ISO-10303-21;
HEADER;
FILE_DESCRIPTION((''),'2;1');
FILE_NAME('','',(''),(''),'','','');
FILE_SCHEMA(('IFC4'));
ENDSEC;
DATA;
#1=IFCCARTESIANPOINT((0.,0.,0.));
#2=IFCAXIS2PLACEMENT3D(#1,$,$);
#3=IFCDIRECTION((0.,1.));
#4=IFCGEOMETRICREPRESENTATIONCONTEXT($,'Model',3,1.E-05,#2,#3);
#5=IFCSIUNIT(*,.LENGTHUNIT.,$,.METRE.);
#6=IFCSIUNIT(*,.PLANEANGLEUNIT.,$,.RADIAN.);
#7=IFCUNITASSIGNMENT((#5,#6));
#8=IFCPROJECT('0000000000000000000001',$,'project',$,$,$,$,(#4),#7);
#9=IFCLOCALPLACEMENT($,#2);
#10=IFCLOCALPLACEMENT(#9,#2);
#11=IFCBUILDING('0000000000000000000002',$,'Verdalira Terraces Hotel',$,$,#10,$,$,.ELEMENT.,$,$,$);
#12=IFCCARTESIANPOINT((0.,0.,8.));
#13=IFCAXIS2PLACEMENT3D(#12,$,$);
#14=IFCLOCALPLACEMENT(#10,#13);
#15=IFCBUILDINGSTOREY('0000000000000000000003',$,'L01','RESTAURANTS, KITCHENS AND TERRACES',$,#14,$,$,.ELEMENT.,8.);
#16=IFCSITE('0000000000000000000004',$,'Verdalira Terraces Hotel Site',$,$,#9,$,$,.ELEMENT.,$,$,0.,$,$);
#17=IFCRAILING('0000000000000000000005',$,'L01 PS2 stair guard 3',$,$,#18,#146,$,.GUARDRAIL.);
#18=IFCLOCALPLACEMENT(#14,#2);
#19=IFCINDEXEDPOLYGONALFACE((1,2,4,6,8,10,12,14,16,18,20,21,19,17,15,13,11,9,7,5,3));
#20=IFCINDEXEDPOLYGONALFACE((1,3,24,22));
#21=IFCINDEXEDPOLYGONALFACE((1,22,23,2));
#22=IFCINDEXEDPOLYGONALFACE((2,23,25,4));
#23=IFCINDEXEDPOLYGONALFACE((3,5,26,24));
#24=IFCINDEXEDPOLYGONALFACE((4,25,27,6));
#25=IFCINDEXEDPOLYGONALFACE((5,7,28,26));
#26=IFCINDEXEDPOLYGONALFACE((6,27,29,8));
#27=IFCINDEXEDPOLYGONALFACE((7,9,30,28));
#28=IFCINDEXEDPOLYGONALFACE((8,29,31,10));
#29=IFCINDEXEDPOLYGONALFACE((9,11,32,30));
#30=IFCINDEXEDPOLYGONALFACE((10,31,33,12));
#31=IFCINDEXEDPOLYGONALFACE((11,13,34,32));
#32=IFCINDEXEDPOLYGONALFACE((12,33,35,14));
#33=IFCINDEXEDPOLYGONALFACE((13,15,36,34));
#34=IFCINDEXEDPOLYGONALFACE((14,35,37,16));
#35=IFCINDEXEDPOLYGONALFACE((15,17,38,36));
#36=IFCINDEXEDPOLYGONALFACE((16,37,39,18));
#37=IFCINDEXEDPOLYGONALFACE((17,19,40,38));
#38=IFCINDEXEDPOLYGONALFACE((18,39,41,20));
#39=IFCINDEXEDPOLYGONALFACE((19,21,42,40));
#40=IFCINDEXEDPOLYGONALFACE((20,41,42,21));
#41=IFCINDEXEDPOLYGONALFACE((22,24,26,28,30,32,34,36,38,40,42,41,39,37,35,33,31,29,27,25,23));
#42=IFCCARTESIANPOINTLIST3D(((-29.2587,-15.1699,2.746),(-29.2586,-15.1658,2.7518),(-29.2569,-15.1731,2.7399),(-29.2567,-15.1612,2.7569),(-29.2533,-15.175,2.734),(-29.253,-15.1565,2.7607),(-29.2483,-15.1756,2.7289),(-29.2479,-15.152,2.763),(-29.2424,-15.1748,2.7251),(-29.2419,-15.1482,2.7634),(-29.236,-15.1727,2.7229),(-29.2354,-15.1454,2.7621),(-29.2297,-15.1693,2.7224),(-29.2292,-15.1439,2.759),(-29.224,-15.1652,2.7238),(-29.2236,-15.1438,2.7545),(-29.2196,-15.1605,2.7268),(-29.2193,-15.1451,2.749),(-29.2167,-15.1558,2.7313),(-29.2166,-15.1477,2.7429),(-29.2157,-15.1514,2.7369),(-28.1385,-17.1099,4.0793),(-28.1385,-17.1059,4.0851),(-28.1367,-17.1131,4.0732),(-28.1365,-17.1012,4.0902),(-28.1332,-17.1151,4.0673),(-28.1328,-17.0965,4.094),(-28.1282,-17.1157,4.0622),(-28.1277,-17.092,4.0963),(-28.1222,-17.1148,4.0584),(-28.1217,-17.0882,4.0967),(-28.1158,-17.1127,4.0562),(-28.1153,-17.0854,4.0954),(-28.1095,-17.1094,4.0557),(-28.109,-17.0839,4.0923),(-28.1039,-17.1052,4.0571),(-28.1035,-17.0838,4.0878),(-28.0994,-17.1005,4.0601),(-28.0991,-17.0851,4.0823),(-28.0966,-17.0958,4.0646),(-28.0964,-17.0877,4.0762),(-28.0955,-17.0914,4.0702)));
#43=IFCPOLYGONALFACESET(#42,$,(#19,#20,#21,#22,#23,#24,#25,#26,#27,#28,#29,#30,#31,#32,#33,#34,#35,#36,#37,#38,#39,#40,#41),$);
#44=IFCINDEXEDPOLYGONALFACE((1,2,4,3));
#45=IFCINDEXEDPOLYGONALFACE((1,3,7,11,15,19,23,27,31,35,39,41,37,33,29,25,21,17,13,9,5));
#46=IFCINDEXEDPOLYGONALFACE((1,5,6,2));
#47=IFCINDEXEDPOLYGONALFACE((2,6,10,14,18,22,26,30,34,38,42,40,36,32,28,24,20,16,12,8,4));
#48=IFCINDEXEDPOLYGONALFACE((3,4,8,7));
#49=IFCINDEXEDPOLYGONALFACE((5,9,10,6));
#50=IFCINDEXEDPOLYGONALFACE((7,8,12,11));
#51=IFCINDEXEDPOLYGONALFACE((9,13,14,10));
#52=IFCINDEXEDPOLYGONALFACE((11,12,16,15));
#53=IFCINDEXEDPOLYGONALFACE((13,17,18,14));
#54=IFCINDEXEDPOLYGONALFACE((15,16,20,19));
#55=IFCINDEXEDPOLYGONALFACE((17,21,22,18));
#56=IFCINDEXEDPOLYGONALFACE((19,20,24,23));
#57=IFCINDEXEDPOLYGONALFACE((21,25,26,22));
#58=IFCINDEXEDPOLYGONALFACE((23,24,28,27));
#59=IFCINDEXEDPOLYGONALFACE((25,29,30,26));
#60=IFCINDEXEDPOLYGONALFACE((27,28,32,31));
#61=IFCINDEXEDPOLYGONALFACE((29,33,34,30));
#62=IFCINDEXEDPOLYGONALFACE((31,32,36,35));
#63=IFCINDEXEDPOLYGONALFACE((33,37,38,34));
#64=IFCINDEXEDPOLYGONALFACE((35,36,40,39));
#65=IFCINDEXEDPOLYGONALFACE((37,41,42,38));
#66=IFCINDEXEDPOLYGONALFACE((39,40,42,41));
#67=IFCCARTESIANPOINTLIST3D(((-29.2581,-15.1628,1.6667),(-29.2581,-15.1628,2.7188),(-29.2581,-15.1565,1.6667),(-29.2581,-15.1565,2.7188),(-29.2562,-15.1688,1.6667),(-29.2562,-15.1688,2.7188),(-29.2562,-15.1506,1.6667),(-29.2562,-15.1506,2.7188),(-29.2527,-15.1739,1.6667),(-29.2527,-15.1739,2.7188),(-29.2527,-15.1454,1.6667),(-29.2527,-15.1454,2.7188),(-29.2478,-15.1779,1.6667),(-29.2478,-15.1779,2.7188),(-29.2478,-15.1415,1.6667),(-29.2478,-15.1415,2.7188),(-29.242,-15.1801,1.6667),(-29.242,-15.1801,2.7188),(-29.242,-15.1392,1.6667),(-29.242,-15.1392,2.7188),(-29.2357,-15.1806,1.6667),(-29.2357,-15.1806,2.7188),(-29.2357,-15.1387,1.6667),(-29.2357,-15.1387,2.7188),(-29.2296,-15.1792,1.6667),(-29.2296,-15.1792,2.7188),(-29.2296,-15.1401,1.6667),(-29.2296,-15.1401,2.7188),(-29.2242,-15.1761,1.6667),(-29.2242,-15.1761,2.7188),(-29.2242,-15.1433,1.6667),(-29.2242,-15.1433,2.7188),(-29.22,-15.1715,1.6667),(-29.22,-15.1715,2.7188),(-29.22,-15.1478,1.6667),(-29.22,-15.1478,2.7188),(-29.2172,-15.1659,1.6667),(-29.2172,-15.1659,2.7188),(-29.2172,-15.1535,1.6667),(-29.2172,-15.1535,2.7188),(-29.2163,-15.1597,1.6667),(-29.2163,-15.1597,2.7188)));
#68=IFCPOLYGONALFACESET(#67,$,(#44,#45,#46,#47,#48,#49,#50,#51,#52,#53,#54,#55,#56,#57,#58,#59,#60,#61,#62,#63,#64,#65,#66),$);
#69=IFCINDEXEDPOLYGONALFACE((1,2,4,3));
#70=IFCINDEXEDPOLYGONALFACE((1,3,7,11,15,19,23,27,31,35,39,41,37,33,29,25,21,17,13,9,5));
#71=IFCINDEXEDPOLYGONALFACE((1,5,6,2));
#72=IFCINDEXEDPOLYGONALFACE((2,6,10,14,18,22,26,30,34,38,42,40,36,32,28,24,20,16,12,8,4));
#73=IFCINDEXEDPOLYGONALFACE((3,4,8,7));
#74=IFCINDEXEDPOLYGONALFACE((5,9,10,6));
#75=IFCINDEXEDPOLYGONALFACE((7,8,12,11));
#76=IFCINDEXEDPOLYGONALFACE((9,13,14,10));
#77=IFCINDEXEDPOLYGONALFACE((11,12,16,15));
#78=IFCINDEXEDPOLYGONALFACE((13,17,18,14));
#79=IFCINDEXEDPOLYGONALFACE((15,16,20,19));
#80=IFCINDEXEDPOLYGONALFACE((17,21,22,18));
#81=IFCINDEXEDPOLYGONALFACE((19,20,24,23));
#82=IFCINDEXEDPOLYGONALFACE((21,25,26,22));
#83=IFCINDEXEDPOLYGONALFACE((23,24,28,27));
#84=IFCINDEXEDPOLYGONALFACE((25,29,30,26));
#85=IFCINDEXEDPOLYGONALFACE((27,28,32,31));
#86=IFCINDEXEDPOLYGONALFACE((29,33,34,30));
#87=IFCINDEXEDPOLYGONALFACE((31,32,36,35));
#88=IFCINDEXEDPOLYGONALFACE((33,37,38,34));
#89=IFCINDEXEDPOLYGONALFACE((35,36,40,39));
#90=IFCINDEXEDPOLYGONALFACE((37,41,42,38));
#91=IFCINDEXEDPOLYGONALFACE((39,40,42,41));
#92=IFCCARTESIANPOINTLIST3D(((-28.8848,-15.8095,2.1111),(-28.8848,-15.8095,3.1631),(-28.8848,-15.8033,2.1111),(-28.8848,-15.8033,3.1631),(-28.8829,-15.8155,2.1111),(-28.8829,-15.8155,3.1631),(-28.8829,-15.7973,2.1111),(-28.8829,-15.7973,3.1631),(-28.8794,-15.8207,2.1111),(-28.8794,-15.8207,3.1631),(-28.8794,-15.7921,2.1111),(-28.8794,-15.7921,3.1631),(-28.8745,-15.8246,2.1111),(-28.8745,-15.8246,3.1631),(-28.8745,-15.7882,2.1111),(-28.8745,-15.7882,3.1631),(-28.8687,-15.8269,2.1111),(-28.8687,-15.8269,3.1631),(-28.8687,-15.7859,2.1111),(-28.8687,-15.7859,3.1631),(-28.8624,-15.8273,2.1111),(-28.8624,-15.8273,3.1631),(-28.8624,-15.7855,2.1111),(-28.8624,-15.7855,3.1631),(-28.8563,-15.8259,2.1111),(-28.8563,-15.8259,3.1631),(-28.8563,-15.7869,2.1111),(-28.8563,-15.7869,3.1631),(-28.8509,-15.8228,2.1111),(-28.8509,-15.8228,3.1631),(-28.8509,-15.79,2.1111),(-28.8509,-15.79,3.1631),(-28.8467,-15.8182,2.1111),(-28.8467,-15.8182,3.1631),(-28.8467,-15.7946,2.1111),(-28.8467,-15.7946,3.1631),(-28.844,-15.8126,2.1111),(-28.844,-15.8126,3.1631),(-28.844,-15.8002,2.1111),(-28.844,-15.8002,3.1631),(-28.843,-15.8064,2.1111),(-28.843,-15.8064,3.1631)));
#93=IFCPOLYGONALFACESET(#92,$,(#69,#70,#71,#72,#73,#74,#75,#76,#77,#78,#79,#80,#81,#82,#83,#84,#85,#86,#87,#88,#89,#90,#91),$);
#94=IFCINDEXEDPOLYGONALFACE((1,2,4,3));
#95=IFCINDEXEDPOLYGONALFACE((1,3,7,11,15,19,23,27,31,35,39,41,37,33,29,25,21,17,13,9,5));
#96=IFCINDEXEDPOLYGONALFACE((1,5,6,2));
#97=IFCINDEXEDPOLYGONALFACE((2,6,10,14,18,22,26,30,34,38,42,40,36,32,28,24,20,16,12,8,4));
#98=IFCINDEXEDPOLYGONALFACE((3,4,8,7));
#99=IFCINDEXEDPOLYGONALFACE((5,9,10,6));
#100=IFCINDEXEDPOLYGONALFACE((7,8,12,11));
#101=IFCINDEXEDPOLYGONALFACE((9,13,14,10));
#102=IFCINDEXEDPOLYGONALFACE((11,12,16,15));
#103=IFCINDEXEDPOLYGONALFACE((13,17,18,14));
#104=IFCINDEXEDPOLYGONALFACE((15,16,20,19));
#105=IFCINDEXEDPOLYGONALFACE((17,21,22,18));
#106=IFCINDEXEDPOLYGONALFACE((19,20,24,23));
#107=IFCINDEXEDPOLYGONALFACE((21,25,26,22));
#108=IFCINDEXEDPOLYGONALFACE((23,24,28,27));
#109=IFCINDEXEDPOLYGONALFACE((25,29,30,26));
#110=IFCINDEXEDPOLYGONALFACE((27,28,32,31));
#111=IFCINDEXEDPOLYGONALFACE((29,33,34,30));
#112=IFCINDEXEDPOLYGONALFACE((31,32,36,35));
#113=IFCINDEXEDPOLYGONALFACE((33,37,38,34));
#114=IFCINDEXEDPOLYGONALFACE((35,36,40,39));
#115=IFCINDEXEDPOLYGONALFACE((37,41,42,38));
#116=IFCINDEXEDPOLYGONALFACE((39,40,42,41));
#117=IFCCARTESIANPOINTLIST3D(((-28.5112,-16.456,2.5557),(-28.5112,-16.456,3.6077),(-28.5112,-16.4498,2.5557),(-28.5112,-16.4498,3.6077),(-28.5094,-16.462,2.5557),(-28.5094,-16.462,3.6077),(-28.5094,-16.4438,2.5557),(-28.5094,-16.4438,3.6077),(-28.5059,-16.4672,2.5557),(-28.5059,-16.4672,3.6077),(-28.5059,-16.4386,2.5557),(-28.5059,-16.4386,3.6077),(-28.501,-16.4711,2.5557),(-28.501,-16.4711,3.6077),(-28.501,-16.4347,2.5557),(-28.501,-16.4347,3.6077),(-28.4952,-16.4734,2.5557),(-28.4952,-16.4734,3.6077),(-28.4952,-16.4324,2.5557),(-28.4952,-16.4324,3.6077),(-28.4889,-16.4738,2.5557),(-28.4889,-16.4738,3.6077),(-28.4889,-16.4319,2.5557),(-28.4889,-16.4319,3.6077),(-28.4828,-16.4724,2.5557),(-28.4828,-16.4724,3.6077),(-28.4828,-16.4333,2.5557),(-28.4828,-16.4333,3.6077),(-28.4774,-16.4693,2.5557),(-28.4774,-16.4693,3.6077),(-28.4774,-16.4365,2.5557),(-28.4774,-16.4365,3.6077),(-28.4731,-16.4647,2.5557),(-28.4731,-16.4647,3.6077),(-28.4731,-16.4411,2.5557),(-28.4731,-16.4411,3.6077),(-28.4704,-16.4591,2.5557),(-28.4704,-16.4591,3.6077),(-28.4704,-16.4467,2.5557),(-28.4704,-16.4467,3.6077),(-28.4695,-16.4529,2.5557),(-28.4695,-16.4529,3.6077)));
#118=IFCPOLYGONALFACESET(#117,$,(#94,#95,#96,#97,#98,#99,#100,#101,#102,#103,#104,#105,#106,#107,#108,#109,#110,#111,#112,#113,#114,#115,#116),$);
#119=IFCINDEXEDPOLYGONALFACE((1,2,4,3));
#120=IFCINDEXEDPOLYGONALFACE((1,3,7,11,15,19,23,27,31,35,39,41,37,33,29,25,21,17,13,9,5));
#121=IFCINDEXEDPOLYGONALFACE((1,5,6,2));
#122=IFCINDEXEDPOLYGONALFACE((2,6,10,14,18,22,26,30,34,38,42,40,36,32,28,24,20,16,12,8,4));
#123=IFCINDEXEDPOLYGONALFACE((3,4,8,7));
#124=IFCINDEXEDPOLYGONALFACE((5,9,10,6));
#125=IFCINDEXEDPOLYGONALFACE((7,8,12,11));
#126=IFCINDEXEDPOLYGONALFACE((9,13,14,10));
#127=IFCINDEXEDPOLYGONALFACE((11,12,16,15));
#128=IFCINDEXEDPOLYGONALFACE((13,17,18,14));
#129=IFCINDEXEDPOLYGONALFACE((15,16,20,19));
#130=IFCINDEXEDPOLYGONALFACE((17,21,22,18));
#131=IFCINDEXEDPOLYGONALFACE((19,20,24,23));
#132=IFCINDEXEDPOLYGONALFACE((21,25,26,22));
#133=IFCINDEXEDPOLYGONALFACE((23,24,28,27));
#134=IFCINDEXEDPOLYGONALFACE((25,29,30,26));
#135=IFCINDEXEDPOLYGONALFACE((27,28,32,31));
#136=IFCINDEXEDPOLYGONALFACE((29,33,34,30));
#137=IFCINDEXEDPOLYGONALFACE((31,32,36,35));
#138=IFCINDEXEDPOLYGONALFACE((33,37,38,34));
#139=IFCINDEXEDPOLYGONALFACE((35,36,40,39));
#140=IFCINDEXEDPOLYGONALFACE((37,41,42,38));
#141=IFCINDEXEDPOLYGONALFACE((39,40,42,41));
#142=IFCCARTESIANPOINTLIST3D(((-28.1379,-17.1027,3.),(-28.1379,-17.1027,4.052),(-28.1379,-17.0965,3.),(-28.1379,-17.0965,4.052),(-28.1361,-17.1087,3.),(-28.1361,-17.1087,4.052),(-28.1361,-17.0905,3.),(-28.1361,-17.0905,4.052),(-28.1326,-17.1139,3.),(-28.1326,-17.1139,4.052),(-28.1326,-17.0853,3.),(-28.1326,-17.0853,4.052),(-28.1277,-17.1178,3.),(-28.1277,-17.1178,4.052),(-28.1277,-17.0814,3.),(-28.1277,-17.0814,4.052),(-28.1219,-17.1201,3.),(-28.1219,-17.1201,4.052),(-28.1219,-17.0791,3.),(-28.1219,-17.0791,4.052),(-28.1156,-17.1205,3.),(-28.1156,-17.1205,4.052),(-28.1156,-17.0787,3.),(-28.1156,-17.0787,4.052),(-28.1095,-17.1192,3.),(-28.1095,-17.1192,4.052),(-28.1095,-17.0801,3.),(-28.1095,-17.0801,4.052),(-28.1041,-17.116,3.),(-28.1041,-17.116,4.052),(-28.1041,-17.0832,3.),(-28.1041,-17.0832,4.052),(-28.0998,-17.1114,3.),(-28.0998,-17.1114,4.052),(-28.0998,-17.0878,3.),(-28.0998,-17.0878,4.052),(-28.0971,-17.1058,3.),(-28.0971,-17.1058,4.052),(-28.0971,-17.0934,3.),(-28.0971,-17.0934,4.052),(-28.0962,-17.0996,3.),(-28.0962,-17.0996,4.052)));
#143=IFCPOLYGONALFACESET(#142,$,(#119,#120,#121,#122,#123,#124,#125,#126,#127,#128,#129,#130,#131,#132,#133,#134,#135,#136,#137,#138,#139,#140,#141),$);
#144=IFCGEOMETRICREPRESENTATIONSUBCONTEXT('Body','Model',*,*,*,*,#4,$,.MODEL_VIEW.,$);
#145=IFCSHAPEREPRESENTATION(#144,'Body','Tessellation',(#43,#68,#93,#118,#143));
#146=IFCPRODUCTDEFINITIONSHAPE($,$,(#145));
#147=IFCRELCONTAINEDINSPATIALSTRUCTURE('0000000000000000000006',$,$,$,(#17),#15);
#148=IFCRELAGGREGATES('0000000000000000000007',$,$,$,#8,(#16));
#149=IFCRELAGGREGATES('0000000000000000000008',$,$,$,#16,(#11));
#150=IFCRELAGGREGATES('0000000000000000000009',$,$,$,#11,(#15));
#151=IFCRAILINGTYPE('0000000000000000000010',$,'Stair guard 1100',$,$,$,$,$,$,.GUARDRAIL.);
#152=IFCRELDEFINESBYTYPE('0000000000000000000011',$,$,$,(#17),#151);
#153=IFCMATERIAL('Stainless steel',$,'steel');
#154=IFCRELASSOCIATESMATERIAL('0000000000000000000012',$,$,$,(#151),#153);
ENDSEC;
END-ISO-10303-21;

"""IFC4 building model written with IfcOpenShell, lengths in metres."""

from ifc_helpers import new_model, si_unit, direction, frame, origin, origin_2d, place, context, subcontext, project, spatial, circle, extrude, material, type_object, element, save


model = new_model("IFC4")

# Units and contexts
model_context = context("Model", 3, precision=1e-05, world=origin(), true_north=direction((0.0, 1.0)))
body_context = subcontext(model_context, "Body", "Model", "MODEL_VIEW")
ifc_project = project(units=[si_unit("LENGTHUNIT", "METRE"), si_unit("PLANEANGLEUNIT", "RADIAN")], contexts=[model_context])

# Site, building, storey
site_placement = place(None, origin())
site = spatial("IfcSite", under=ifc_project, at=site_placement, Name="Verdalira Terraces Hotel Site", CompositionType="ELEMENT", RefElevation=0.0)
building_placement = place(site_placement, origin())
building = spatial("IfcBuilding", under=site, at=building_placement, Name="Verdalira Terraces Hotel", CompositionType="ELEMENT")
storey_placement = place(building_placement, frame((0.0, 0.0, 8.0)))
storey = spatial("IfcBuildingStorey", under=building, at=storey_placement, Name="L01", Description="RESTAURANTS, KITCHENS AND TERRACES", CompositionType="ELEMENT", Elevation=8.0)

# Railing
ifc_material_1 = material(Name="Stainless steel", Category="steel")
railing_type_1 = type_object("IfcRailingType", Name="Stair guard 1100", PredefinedType="GUARDRAIL", material=ifc_material_1)
railing_1_placement = place(storey_placement, frame((-29.2373, -15.1597, 1.6667)))
element("IfcRailing", 1, at=railing_1_placement, inside=storey, type_object=railing_type_1, Name="L01 PS2 stair guard 3", PredefinedType="GUARDRAIL", context=body_context, shape_type="SweptSolid", body=[
    extrude(circle(Radius=0.0239, at=origin_2d()), frame((0.0, 0.0, 1.0762), z_axis=(0.429684, -0.744175, 0.511444), x_axis=(0.866008, 0.500031, 0.0)), (0.0, 0.0, 1.0), 2.6069),
    extrude(circle(Radius=0.021, at=origin_2d()), origin(), (0.0, 0.0, 1.0), 1.052),
    extrude(circle(Radius=0.021, at=origin_2d()), frame((0.3733, -0.6467, 0.4443)), (0.0, 0.0, 1.0), 1.052),
    extrude(circle(Radius=0.021, at=origin_2d()), frame((0.7468, -1.2932, 0.8889)), (0.0, 0.0, 1.0), 1.052),
    extrude(circle(Radius=0.021, at=origin_2d()), frame((1.1201, -1.9399, 1.3333)), (0.0, 0.0, 1.0), 1.052),
])

save(model, "model.ifc")
